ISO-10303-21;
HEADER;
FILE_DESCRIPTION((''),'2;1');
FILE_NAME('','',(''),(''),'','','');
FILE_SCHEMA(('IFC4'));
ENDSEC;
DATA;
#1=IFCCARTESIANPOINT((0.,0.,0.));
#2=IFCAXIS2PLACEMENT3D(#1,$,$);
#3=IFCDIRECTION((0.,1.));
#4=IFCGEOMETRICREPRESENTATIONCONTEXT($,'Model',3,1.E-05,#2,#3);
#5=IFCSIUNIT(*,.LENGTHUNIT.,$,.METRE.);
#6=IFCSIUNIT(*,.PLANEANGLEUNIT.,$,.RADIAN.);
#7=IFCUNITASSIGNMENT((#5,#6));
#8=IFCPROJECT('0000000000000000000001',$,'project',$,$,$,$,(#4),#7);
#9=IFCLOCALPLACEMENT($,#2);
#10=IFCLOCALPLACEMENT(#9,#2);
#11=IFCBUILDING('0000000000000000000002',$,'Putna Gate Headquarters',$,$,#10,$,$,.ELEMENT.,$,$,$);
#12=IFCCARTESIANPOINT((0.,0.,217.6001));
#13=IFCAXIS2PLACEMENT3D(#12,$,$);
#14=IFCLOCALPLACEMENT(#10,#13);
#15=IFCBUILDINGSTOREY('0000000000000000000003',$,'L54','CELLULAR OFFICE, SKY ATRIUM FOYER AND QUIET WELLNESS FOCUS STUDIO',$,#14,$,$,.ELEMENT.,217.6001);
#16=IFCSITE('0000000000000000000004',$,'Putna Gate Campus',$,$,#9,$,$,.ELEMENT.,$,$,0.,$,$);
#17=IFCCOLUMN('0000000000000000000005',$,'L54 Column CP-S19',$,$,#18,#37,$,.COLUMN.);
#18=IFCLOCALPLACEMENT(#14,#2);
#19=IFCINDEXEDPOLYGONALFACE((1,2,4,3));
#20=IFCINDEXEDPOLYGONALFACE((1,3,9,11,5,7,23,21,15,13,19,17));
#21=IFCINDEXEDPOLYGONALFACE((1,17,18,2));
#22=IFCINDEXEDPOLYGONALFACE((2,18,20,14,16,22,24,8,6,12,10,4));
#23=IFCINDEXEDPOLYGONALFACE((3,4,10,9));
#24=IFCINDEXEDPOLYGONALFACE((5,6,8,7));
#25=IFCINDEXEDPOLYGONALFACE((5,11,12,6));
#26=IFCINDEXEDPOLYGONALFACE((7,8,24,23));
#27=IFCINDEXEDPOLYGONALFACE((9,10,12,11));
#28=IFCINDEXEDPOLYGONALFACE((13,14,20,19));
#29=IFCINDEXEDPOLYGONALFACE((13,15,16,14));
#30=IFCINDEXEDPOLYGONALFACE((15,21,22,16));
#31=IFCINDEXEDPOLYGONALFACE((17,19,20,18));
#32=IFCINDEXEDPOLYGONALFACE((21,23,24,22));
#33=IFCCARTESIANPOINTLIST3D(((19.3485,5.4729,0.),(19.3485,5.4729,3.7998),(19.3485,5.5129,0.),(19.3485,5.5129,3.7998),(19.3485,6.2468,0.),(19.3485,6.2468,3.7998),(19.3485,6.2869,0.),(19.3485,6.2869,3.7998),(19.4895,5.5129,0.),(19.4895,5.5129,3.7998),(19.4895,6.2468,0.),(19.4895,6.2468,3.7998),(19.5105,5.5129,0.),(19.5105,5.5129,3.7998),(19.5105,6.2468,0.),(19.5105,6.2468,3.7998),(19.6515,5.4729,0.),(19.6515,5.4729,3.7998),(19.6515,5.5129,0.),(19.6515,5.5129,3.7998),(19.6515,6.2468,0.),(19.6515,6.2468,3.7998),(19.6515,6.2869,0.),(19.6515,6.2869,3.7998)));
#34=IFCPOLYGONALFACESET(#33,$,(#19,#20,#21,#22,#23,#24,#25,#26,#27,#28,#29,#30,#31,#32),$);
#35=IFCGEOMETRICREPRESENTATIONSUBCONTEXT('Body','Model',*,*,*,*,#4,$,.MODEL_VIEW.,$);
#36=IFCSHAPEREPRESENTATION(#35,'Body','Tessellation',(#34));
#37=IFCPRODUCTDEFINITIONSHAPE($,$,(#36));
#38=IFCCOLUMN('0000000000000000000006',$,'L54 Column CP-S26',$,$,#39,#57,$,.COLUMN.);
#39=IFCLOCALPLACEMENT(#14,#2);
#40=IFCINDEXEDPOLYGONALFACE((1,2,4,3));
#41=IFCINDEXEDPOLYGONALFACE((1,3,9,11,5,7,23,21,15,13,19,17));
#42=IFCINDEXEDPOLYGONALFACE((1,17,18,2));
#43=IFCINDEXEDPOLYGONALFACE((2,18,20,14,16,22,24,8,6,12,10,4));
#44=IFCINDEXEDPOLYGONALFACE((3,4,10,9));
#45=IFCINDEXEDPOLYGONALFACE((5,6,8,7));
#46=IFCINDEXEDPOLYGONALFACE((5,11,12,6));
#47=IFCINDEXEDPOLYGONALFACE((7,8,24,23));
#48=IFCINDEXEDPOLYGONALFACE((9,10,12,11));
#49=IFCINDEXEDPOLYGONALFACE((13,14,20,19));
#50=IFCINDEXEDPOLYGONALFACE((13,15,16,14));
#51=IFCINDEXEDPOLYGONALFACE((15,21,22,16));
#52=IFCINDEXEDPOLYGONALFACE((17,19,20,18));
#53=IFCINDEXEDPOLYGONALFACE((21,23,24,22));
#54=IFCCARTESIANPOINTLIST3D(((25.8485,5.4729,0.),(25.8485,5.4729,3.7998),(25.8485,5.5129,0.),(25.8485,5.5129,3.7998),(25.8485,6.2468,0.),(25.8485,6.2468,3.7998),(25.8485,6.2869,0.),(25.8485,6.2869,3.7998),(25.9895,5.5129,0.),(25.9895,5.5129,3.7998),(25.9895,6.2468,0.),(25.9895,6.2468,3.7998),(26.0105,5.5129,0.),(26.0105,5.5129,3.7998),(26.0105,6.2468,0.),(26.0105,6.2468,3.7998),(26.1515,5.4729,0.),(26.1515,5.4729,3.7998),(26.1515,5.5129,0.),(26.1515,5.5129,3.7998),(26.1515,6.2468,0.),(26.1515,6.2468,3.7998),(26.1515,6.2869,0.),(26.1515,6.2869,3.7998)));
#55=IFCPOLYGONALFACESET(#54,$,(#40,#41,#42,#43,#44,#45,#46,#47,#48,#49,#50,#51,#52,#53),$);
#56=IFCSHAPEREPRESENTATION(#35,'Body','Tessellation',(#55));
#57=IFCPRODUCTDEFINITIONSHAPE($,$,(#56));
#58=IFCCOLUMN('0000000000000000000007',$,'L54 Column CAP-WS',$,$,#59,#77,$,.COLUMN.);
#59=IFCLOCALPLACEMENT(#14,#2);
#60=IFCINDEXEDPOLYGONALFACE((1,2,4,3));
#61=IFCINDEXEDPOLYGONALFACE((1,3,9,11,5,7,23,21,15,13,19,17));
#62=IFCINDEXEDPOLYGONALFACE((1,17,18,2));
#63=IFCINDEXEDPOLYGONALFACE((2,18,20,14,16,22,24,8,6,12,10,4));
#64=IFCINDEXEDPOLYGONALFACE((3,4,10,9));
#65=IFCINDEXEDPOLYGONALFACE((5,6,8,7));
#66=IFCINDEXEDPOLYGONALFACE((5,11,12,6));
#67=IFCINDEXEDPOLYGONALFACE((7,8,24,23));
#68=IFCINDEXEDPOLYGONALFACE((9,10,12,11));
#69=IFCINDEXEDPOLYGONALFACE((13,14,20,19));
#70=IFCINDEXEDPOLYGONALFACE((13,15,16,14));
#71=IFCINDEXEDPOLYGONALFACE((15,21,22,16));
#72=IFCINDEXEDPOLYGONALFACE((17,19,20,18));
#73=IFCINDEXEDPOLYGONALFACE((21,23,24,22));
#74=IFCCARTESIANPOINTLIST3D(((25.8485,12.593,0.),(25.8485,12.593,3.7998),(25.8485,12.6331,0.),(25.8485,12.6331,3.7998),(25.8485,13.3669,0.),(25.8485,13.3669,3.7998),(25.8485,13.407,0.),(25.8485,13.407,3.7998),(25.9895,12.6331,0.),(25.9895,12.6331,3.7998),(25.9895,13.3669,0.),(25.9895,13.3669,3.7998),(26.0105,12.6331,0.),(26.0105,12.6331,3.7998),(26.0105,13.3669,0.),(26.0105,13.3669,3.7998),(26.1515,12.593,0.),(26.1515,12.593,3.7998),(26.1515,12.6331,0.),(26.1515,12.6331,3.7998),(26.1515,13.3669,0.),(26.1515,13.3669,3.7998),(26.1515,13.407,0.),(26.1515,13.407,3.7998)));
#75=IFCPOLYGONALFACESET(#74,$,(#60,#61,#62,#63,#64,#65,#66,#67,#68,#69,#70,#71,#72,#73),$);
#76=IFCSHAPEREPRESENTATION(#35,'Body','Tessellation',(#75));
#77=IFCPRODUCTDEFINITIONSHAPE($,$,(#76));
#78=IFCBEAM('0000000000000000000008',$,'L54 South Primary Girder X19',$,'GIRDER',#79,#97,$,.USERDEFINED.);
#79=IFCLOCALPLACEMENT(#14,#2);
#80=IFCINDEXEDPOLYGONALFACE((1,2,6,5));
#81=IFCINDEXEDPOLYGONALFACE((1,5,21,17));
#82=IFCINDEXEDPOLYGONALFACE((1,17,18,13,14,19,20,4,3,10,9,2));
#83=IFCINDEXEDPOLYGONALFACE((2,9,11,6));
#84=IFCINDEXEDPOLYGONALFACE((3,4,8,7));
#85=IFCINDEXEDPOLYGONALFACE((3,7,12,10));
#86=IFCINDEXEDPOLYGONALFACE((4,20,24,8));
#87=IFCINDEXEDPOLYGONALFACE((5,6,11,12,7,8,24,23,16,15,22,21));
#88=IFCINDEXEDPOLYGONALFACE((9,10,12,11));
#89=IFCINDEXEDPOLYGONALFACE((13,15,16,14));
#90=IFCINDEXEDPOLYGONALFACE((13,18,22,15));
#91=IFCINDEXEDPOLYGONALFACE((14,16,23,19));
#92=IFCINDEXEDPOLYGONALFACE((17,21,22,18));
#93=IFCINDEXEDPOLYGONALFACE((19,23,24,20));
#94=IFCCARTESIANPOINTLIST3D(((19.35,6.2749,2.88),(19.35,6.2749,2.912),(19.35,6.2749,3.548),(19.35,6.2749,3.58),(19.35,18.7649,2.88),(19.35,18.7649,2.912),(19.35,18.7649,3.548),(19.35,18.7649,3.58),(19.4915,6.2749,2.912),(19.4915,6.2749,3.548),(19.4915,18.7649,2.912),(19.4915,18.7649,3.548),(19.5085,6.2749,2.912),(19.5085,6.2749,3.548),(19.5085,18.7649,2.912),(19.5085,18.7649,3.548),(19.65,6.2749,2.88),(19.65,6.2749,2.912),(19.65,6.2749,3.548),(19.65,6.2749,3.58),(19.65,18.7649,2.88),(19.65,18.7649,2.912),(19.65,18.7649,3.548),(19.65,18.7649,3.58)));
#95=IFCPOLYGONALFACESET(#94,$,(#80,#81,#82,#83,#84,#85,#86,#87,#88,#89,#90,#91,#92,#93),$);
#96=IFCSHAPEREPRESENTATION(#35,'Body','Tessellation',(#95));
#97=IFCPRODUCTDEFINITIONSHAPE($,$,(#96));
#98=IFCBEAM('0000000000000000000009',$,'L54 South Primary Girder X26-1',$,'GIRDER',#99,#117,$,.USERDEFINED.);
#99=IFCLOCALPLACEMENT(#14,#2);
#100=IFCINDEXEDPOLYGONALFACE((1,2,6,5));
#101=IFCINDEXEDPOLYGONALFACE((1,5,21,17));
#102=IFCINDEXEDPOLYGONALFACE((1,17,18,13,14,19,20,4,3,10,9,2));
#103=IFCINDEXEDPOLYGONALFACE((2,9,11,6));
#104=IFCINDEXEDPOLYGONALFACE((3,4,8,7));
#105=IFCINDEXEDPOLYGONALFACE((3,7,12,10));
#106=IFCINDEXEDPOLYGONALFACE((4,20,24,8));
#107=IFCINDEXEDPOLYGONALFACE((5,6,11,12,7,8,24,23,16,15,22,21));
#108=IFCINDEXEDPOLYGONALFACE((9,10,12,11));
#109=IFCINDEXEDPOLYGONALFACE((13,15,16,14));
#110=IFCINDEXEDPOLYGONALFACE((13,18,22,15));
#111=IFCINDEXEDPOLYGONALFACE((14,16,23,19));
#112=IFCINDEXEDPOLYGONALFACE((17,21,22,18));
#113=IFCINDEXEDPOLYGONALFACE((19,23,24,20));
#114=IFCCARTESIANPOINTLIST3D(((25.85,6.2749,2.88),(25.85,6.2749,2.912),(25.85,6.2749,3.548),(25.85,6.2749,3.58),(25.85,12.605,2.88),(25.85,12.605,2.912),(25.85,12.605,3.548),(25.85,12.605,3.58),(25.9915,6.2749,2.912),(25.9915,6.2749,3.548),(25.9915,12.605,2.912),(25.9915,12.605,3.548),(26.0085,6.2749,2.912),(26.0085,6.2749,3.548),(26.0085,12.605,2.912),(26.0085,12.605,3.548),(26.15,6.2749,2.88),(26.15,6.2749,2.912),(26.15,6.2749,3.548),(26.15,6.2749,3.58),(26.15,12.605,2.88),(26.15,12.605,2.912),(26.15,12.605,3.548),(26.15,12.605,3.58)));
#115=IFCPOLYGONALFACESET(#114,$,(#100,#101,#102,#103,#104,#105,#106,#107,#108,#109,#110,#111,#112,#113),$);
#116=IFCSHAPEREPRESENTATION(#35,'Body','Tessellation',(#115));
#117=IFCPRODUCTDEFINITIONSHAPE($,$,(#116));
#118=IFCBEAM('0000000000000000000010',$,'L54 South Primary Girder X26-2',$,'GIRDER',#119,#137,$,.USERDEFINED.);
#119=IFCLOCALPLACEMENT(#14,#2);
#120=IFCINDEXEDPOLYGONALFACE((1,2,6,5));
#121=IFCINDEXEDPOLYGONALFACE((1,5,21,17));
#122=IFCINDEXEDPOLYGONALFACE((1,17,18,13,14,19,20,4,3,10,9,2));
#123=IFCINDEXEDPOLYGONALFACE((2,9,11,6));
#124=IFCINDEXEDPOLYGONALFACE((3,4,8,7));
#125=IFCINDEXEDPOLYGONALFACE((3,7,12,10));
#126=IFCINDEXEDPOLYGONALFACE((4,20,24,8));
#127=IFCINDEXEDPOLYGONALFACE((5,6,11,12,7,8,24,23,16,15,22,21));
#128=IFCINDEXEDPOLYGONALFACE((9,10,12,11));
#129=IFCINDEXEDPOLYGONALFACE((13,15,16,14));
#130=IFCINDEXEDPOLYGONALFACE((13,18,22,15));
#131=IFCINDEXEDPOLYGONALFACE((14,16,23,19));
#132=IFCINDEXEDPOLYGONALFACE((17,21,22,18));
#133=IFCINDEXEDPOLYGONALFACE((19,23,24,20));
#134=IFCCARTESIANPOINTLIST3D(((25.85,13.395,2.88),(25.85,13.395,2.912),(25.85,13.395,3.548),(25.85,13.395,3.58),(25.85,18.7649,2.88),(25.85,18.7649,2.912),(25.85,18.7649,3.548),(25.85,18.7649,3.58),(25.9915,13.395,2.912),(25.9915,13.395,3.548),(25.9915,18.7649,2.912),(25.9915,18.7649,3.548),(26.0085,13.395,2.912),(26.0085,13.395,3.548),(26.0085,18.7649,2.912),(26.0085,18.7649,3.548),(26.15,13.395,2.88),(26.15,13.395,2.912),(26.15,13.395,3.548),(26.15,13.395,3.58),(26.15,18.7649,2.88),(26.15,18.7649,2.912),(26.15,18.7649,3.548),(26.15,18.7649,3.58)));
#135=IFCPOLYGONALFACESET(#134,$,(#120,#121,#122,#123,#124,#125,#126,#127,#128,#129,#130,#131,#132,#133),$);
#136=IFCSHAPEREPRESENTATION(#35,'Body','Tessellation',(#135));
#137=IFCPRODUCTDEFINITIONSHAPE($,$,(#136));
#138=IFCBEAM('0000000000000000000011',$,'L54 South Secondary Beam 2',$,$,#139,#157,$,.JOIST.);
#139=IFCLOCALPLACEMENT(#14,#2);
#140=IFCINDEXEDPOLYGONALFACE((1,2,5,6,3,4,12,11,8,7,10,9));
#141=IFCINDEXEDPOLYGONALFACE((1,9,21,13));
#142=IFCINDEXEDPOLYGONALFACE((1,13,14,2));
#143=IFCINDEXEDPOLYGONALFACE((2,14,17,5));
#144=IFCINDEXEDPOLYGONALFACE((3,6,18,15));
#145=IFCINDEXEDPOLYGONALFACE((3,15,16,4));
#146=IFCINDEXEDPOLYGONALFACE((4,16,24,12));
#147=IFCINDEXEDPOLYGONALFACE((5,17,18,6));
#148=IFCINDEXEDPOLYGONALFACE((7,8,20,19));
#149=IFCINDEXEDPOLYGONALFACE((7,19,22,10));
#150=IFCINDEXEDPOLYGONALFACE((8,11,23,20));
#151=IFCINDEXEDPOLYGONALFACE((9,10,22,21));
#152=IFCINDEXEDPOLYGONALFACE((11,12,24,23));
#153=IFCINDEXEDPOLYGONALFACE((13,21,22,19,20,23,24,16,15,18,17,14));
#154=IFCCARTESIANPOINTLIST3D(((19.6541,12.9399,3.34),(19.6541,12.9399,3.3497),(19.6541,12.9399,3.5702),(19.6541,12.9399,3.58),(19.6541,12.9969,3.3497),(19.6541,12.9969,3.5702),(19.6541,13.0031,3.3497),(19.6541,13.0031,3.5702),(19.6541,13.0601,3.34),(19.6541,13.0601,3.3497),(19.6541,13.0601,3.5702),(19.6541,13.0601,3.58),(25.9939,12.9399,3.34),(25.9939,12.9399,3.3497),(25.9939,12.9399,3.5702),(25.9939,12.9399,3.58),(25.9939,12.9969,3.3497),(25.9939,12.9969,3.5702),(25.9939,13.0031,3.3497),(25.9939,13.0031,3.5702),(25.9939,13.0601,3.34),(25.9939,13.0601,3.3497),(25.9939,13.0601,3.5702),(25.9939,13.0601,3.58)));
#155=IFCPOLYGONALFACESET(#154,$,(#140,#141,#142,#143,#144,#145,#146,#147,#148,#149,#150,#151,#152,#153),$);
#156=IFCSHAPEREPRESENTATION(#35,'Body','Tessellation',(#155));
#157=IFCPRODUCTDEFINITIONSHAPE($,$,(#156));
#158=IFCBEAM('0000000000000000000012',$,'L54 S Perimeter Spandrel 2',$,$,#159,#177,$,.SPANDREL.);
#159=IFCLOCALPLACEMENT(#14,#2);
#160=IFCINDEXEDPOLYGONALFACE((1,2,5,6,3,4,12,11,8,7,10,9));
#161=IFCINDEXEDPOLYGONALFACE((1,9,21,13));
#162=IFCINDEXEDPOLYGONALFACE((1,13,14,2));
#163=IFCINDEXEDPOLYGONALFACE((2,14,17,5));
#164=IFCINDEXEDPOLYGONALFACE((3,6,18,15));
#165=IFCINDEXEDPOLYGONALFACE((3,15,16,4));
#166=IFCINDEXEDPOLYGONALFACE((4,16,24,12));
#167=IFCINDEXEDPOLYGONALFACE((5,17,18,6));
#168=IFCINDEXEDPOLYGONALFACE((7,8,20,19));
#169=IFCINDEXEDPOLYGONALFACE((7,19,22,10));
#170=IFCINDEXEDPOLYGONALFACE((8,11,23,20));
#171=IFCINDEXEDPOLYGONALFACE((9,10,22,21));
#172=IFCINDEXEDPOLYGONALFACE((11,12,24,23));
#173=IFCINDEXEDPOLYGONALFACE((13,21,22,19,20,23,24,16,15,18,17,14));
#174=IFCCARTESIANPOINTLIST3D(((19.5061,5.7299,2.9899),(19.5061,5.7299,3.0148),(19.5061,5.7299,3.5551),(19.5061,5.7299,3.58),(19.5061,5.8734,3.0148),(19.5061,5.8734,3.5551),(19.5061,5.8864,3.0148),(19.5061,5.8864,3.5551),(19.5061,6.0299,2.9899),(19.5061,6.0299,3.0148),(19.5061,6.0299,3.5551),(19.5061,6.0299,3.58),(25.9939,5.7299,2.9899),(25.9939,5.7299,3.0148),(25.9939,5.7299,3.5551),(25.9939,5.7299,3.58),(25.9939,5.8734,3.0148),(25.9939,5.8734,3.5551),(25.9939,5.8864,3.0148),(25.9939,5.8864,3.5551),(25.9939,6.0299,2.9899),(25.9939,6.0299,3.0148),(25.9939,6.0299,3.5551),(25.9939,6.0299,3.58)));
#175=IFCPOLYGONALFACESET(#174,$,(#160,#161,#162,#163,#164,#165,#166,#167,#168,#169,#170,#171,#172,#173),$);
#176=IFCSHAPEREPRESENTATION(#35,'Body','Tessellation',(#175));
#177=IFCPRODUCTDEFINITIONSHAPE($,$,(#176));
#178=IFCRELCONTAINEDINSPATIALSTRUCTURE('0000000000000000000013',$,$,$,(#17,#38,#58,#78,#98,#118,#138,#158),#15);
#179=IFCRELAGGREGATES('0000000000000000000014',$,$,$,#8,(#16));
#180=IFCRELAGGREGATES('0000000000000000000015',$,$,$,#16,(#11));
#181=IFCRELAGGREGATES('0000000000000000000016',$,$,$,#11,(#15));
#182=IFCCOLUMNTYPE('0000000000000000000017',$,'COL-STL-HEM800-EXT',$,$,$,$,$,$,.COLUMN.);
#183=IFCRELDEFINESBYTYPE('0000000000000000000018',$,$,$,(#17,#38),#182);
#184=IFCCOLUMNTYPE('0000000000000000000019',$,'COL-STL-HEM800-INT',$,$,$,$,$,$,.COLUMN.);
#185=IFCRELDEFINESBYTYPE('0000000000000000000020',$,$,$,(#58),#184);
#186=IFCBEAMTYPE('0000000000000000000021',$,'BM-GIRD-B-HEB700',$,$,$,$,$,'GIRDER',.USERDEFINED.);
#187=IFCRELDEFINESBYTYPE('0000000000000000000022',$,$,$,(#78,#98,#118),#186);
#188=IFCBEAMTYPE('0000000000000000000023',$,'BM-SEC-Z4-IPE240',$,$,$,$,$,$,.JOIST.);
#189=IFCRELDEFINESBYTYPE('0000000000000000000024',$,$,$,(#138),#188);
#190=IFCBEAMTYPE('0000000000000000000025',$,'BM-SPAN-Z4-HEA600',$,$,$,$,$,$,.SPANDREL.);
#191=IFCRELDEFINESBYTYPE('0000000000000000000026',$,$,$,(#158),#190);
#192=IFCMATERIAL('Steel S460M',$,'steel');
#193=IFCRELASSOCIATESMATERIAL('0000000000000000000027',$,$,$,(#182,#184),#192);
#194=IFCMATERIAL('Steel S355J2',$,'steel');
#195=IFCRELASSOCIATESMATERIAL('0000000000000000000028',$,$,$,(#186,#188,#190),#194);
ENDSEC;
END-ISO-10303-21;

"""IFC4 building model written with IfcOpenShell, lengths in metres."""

from ifc_helpers import new_model, si_unit, direction, frame, origin, origin_2d, place, context, subcontext, project, spatial, i_section, extrude, material, material_profile, profile_set, type_object, element, save


model = new_model("IFC4")

# Units and contexts
model_context = context("Model", 3, precision=1e-05, world=origin(), true_north=direction((0.0, 1.0)))
body_context = subcontext(model_context, "Body", "Model", "MODEL_VIEW")
ifc_project = project(units=[si_unit("LENGTHUNIT", "METRE"), si_unit("PLANEANGLEUNIT", "RADIAN")], contexts=[model_context])

# Site, building, storey
site_placement = place(None, origin())
site = spatial("IfcSite", under=ifc_project, at=site_placement, Name="Putna Gate Campus", CompositionType="ELEMENT", RefElevation=0.0)
building_placement = place(site_placement, origin())
building = spatial("IfcBuilding", under=site, at=building_placement, Name="Putna Gate Headquarters", CompositionType="ELEMENT")
storey_placement = place(building_placement, frame((0.0, 0.0, 217.6001)))
storey = spatial("IfcBuildingStorey", under=building, at=storey_placement, Name="L54", Description="CELLULAR OFFICE, SKY ATRIUM FOYER AND QUIET WELLNESS FOCUS STUDIO", CompositionType="ELEMENT", Elevation=217.6001)

# Columns
ifc_material_1 = material(Name="Steel S460M", Category="steel")
ifc_material_profile_1 = material_profile(ifc_material_1, i_section(OverallWidth=0.303, OverallDepth=0.814, WebThickness=0.021, FlangeThickness=0.04, at=origin_2d()), Name="Steel S460M")
ifc_profile_set_1 = profile_set([ifc_material_profile_1], Name="Steel S460M")
column_type_1 = type_object("IfcColumnType", Name="COL-STL-HEM800-EXT", PredefinedType="COLUMN", material=ifc_profile_set_1)
for number, where, z_axis, x_axis, name in (
    (1, (19.5, 5.8799, 0.0), (0.0, 0.0, 1.0), (1.0, 0.0, 0.0), "L54 Column CP-S19"),
    (2, (26.0, 5.8799, 0.0), (0.0, 0.0, 1.0), (1.0, 0.0, 0.0), "L54 Column CP-S26"),
):
    element("IfcColumn", number, at=place(storey_placement, frame(where, z_axis=z_axis, x_axis=x_axis)), inside=storey, type_object=column_type_1, Name=name, PredefinedType="COLUMN", context=body_context, shape_type="SweptSolid", body=[
        extrude(i_section(OverallWidth=0.303, OverallDepth=0.814, WebThickness=0.021, FlangeThickness=0.04, at=origin_2d()), origin(), (0.0, 0.0, 1.0), 3.7998),
    ])
ifc_material_profile_2 = material_profile(ifc_material_1, i_section(OverallWidth=0.303, OverallDepth=0.814, WebThickness=0.021, FlangeThickness=0.04, at=origin_2d()), Name="Steel S460M")
ifc_profile_set_2 = profile_set([ifc_material_profile_2], Name="Steel S460M")
column_type_2 = type_object("IfcColumnType", Name="COL-STL-HEM800-INT", PredefinedType="COLUMN", material=ifc_profile_set_2)
column_placement = place(storey_placement, frame((26.0, 13.0, 0.0), z_axis=(0.0, 0.0, 1.0), x_axis=(1.0, 0.0, 0.0)))
element("IfcColumn", 3, at=column_placement, inside=storey, type_object=column_type_2, Name="L54 Column CAP-WS", PredefinedType="COLUMN", context=body_context, shape_type="SweptSolid", body=[
    extrude(i_section(OverallWidth=0.303, OverallDepth=0.814, WebThickness=0.021, FlangeThickness=0.04, at=origin_2d()), origin(), (0.0, 0.0, 1.0), 3.7998),
])

# Beams
ifc_material_2 = material(Name="Steel S355J2", Category="steel")
ifc_material_profile_3 = material_profile(ifc_material_2, i_section(OverallWidth=0.3, OverallDepth=0.7, WebThickness=0.0171, FlangeThickness=0.032, at=origin_2d()), Name="Steel S355J2")
ifc_profile_set_3 = profile_set([ifc_material_profile_3], Name="Steel S355J2")
beam_type_1 = type_object("IfcBeamType", Name="BM-GIRD-B-HEB700", ElementType="GIRDER", PredefinedType="USERDEFINED", material=ifc_profile_set_3)
beam_1_placement = place(storey_placement, frame((19.5, 6.2749, 3.23), z_axis=(0.0, 1.0, 0.0), x_axis=(-1.0, 0.0, 0.0)))
element("IfcBeam", 4, at=beam_1_placement, inside=storey, type_object=beam_type_1, Name="L54 South Primary Girder X19", ObjectType="GIRDER", PredefinedType="USERDEFINED", context=body_context, shape_type="SweptSolid", body=[
    extrude(i_section(OverallWidth=0.3, OverallDepth=0.7, WebThickness=0.0171, FlangeThickness=0.032, at=origin_2d()), origin(), (0.0, 0.0, 1.0), 12.49),
])
beam_2_placement = place(storey_placement, frame((26.0, 6.2749, 3.23), z_axis=(0.0, 1.0, 0.0), x_axis=(-1.0, 0.0, 0.0)))
element("IfcBeam", 5, at=beam_2_placement, inside=storey, type_object=beam_type_1, Name="L54 South Primary Girder X26-1", ObjectType="GIRDER", PredefinedType="USERDEFINED", context=body_context, shape_type="SweptSolid", body=[
    extrude(i_section(OverallWidth=0.3, OverallDepth=0.7, WebThickness=0.0171, FlangeThickness=0.032, at=origin_2d()), origin(), (0.0, 0.0, 1.0), 6.3301),
])
beam_3_placement = place(storey_placement, frame((26.0, 13.395, 3.23), z_axis=(0.0, 1.0, 0.0), x_axis=(-1.0, 0.0, 0.0)))
element("IfcBeam", 6, at=beam_3_placement, inside=storey, type_object=beam_type_1, Name="L54 South Primary Girder X26-2", ObjectType="GIRDER", PredefinedType="USERDEFINED", context=body_context, shape_type="SweptSolid", body=[
    extrude(i_section(OverallWidth=0.3, OverallDepth=0.7, WebThickness=0.0171, FlangeThickness=0.032, at=origin_2d()), origin(), (0.0, 0.0, 1.0), 5.3699),
])
ifc_material_profile_4 = material_profile(ifc_material_2, i_section(OverallWidth=0.1201, OverallDepth=0.24, WebThickness=0.0061, FlangeThickness=0.0098, at=origin_2d()), Name="Steel S355J2")
ifc_profile_set_4 = profile_set([ifc_material_profile_4], Name="Steel S355J2")
beam_type_2 = type_object("IfcBeamType", Name="BM-SEC-Z4-IPE240", PredefinedType="JOIST", material=ifc_profile_set_4)
beam_4_placement = place(storey_placement, frame((19.6541, 13.0, 3.46), z_axis=(1.0, 0.0, 0.0), x_axis=(0.0, 1.0, 0.0)))
element("IfcBeam", 7, at=beam_4_placement, inside=storey, type_object=beam_type_2, Name="L54 South Secondary Beam 2", PredefinedType="JOIST", context=body_context, shape_type="SweptSolid", body=[
    extrude(i_section(OverallWidth=0.1201, OverallDepth=0.24, WebThickness=0.0061, FlangeThickness=0.0098, at=origin_2d()), origin(), (0.0, 0.0, 1.0), 6.3398),
])
ifc_material_profile_5 = material_profile(ifc_material_2, i_section(OverallWidth=0.3, OverallDepth=0.5901, WebThickness=0.0129, FlangeThickness=0.0249, at=origin_2d()), Name="Steel S355J2")
ifc_profile_set_5 = profile_set([ifc_material_profile_5], Name="Steel S355J2")
beam_type_3 = type_object("IfcBeamType", Name="BM-SPAN-Z4-HEA600", PredefinedType="SPANDREL", material=ifc_profile_set_5)
for number, where, z_axis, x_axis, name in (
    (8, (19.5061, 5.8799, 3.2849), (1.0, 0.0, 0.0), (0.0, 1.0, 0.0), "L54 S Perimeter Spandrel 2"),
):
    element("IfcBeam", number, at=place(storey_placement, frame(where, z_axis=z_axis, x_axis=x_axis)), inside=storey, type_object=beam_type_3, Name=name, PredefinedType="SPANDREL", context=body_context, shape_type="SweptSolid", body=[
        extrude(i_section(OverallWidth=0.3, OverallDepth=0.5901, WebThickness=0.0129, FlangeThickness=0.0249, at=origin_2d()), origin(), (0.0, 0.0, 1.0), 6.4878),
    ])

save(model, "model.ifc")
